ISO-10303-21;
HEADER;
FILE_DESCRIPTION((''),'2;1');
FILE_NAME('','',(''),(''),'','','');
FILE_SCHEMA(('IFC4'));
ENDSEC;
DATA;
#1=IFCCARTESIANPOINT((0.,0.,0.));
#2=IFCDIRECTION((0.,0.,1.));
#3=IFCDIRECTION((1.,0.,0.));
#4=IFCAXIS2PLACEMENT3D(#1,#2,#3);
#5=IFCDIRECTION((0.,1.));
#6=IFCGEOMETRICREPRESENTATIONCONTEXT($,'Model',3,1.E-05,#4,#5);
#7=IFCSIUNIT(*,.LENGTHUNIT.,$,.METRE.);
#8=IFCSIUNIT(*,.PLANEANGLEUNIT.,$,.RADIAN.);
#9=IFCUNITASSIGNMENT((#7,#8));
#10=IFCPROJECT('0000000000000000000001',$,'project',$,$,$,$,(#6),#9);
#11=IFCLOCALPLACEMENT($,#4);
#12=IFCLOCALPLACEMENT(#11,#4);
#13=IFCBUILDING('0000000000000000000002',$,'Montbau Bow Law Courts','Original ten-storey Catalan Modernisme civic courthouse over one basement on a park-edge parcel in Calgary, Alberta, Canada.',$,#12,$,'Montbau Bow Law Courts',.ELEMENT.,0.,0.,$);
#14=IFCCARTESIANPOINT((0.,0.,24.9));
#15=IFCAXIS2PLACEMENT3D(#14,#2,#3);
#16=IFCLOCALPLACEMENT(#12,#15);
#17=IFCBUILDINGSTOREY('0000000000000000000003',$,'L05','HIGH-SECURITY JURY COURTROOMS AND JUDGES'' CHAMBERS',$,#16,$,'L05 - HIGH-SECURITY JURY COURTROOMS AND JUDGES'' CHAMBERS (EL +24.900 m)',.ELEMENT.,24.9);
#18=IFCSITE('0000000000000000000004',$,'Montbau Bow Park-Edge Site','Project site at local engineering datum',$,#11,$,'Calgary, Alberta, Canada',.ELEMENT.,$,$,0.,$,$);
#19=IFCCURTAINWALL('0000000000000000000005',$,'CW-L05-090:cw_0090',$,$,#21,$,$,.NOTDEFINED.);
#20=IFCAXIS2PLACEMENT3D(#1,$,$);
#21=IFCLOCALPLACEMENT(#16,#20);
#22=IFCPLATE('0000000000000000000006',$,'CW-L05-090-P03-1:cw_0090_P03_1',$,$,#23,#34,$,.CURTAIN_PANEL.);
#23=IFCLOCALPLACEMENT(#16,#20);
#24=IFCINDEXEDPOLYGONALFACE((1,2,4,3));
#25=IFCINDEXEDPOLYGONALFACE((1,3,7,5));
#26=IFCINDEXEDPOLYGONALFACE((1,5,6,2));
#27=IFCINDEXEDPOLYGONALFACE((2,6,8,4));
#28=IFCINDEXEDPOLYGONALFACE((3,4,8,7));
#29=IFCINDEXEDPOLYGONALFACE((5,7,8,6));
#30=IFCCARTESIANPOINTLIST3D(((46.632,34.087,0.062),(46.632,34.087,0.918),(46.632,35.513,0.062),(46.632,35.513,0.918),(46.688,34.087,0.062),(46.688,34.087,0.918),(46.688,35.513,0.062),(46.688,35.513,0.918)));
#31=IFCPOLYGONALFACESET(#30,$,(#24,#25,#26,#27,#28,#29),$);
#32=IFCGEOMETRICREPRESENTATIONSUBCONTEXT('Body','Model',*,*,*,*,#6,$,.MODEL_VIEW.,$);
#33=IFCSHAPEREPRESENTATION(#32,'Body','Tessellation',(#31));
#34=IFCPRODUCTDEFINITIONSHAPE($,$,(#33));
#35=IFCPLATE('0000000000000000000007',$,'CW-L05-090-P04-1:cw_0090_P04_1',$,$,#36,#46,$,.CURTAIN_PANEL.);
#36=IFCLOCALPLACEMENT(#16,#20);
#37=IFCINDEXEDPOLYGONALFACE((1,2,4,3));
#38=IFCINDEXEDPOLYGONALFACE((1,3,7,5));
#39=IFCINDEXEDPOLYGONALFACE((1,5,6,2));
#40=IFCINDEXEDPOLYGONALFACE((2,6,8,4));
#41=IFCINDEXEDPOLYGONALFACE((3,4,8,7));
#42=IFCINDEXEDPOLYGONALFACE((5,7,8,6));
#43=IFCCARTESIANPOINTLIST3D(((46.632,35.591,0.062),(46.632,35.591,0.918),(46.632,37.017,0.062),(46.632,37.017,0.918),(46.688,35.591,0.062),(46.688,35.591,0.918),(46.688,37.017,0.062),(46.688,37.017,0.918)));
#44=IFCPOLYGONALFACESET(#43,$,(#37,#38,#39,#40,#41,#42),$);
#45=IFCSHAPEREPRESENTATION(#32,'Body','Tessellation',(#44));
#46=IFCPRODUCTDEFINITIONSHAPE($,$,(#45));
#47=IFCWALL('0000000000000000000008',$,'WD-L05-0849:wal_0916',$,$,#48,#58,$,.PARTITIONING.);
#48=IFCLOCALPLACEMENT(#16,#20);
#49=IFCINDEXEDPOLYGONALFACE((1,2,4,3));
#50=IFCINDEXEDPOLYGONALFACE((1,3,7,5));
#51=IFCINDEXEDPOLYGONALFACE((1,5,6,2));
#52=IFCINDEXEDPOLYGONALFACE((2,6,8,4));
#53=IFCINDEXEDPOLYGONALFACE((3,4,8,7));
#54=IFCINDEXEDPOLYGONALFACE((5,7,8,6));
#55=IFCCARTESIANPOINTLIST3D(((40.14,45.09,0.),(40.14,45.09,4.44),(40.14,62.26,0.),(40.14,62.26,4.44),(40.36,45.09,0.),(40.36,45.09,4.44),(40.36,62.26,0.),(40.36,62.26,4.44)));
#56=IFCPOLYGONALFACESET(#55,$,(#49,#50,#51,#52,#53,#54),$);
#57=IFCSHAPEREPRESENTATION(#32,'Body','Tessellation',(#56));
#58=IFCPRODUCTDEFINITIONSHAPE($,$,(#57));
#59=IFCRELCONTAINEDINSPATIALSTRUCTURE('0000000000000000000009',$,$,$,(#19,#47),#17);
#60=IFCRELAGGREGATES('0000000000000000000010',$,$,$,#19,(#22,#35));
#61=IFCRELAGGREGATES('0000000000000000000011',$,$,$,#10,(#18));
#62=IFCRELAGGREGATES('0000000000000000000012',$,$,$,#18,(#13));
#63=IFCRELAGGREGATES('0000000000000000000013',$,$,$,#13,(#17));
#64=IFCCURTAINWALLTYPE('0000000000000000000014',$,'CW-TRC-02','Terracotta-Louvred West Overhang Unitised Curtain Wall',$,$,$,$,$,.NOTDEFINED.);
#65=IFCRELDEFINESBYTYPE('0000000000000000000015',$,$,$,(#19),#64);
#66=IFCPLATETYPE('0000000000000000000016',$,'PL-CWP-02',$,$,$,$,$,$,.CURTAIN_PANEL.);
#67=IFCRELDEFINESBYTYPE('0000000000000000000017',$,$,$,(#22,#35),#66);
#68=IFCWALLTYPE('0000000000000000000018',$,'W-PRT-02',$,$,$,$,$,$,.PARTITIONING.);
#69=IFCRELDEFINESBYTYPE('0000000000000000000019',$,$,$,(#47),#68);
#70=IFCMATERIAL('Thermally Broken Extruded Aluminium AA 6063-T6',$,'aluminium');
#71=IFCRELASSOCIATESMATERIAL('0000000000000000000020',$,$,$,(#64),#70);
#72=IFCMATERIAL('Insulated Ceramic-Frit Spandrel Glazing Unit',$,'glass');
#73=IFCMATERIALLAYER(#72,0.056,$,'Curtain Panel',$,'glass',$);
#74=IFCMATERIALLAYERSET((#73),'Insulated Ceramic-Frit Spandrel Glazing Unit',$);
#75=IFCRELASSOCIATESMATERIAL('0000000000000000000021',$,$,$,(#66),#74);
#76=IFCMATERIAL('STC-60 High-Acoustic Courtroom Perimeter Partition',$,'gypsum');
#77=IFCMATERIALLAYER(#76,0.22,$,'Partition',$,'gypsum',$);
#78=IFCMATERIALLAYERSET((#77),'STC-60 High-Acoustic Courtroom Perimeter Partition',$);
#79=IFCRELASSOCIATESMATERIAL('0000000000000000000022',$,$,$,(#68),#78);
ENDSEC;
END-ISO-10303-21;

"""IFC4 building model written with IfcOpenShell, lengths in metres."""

from ifc_helpers import new_model, si_unit, direction, frame, frame_2d, origin_with_axes, place, context, subcontext, project, spatial, rectangle, extrude, material, layer, layer_set, type_object, element, aggregate, save


model = new_model("IFC4")

# Units and contexts
model_context = context("Model", 3, precision=1e-05, world=origin_with_axes(), true_north=direction((0.0, 1.0)))
body_context = subcontext(model_context, "Body", "Model", "MODEL_VIEW")
ifc_project = project(units=[si_unit("LENGTHUNIT", "METRE"), si_unit("PLANEANGLEUNIT", "RADIAN")], contexts=[model_context])

# Site, building, storey
site_placement = place(None, origin_with_axes())
site = spatial("IfcSite", under=ifc_project, at=site_placement, Name="Montbau Bow Park-Edge Site", Description="Project site at local engineering datum", LongName="Calgary, Alberta, Canada", CompositionType="ELEMENT", RefElevation=0.0)
building_placement = place(site_placement, origin_with_axes())
building = spatial("IfcBuilding", under=site, at=building_placement, Name="Montbau Bow Law Courts", Description="Original ten-storey Catalan Modernisme civic courthouse over one basement on a park-edge parcel in Calgary, Alberta, Canada.", LongName="Montbau Bow Law Courts", CompositionType="ELEMENT", ElevationOfRefHeight=0.0, ElevationOfTerrain=0.0)
storey_placement = place(building_placement, frame((0.0, 0.0, 24.9), z_axis=(0.0, 0.0, 1.0), x_axis=(1.0, 0.0, 0.0)))
storey = spatial("IfcBuildingStorey", under=building, at=storey_placement, Name="L05", Description="HIGH-SECURITY JURY COURTROOMS AND JUDGES' CHAMBERS", LongName="L05 - HIGH-SECURITY JURY COURTROOMS AND JUDGES' CHAMBERS (EL +24.900 m)", CompositionType="ELEMENT", Elevation=24.9)

# Curtain wall, plates
ifc_material_1 = material(Name="Thermally Broken Extruded Aluminium AA 6063-T6", Category="aluminium")
curtain_wall_type = type_object("IfcCurtainWallType", Name="CW-TRC-02", Description="Terracotta-Louvred West Overhang Unitised Curtain Wall", PredefinedType="NOTDEFINED", material=ifc_material_1)
curtain_wall_placement = place(None, frame((46.66, 31.04, 24.9), z_axis=(0.0, 0.0, 1.0), x_axis=(1.0, 0.0, 0.0)))
curtain_wall = element("IfcCurtainWall", 1, at=curtain_wall_placement, inside=storey, type_object=curtain_wall_type, Name="CW-L05-090:cw_0090", PredefinedType="NOTDEFINED")
ifc_material_2 = material(Name="Insulated Ceramic-Frit Spandrel Glazing Unit", Category="glass")
ifc_layer_1 = layer(ifc_material_2, 0.056, Name="Curtain Panel", Category="glass")
ifc_layer_set_1 = layer_set([ifc_layer_1], Name="Insulated Ceramic-Frit Spandrel Glazing Unit")
plate_type_1 = type_object("IfcPlateType", Name="PL-CWP-02", PredefinedType="CURTAIN_PANEL", material=ifc_layer_set_1)
plate_1_placement = place(None, frame((46.66, 34.087, 24.962), z_axis=(1.0, 0.0, 0.0), x_axis=(0.0, 1.0, 0.0)))
plate_1 = element("IfcPlate", 2, at=plate_1_placement, type_object=plate_type_1, Name="CW-L05-090-P03-1:cw_0090_P03_1", PredefinedType="CURTAIN_PANEL", context=body_context, shape_type="SweptSolid", body=[
    extrude(rectangle(XDim=1.426, YDim=0.856, at=frame_2d((0.713, 0.428), x_axis=(1.0, 0.0))), frame((0.0, 0.0, -0.028), z_axis=(0.0, 0.0, 1.0), x_axis=(1.0, 0.0, 0.0)), (0.0, 0.0, 1.0), 0.056),
])
plate_2_placement = place(None, frame((46.66, 35.591, 24.962), z_axis=(1.0, 0.0, 0.0), x_axis=(0.0, 1.0, 0.0)))
plate_2 = element("IfcPlate", 3, at=plate_2_placement, type_object=plate_type_1, Name="CW-L05-090-P04-1:cw_0090_P04_1", PredefinedType="CURTAIN_PANEL", context=body_context, shape_type="SweptSolid", body=[
    extrude(rectangle(XDim=1.426, YDim=0.856, at=frame_2d((0.713, 0.428), x_axis=(1.0, 0.0))), frame((0.0, 0.0, -0.028), z_axis=(0.0, 0.0, 1.0), x_axis=(1.0, 0.0, 0.0)), (0.0, 0.0, 1.0), 0.056),
])
aggregate(curtain_wall, [plate_1, plate_2])

# Wall
ifc_material_3 = material(Name="STC-60 High-Acoustic Courtroom Perimeter Partition", Category="gypsum")
ifc_layer_2 = layer(ifc_material_3, 0.22, Name="Partition", Category="gypsum")
ifc_layer_set_2 = layer_set([ifc_layer_2], Name="STC-60 High-Acoustic Courtroom Perimeter Partition")
wall_type = type_object("IfcWallType", Name="W-PRT-02", PredefinedType="PARTITIONING", material=ifc_layer_set_2)
wall_placement = place(None, frame((40.25, 45.09, 24.9), z_axis=(0.0, 0.0, 1.0), x_axis=(0.0, 1.0, 0.0)))
element("IfcWall", 4, at=wall_placement, inside=storey, type_object=wall_type, Name="WD-L05-0849:wal_0916", PredefinedType="PARTITIONING", context=body_context, shape_type="SweptSolid", body=[
    extrude(rectangle(XDim=17.17, YDim=0.22, at=frame_2d((8.585, 0.0), x_axis=(1.0, 0.0))), origin_with_axes(), (0.0, 0.0, 1.0), 4.44),
])

save(model, "model.ifc")
